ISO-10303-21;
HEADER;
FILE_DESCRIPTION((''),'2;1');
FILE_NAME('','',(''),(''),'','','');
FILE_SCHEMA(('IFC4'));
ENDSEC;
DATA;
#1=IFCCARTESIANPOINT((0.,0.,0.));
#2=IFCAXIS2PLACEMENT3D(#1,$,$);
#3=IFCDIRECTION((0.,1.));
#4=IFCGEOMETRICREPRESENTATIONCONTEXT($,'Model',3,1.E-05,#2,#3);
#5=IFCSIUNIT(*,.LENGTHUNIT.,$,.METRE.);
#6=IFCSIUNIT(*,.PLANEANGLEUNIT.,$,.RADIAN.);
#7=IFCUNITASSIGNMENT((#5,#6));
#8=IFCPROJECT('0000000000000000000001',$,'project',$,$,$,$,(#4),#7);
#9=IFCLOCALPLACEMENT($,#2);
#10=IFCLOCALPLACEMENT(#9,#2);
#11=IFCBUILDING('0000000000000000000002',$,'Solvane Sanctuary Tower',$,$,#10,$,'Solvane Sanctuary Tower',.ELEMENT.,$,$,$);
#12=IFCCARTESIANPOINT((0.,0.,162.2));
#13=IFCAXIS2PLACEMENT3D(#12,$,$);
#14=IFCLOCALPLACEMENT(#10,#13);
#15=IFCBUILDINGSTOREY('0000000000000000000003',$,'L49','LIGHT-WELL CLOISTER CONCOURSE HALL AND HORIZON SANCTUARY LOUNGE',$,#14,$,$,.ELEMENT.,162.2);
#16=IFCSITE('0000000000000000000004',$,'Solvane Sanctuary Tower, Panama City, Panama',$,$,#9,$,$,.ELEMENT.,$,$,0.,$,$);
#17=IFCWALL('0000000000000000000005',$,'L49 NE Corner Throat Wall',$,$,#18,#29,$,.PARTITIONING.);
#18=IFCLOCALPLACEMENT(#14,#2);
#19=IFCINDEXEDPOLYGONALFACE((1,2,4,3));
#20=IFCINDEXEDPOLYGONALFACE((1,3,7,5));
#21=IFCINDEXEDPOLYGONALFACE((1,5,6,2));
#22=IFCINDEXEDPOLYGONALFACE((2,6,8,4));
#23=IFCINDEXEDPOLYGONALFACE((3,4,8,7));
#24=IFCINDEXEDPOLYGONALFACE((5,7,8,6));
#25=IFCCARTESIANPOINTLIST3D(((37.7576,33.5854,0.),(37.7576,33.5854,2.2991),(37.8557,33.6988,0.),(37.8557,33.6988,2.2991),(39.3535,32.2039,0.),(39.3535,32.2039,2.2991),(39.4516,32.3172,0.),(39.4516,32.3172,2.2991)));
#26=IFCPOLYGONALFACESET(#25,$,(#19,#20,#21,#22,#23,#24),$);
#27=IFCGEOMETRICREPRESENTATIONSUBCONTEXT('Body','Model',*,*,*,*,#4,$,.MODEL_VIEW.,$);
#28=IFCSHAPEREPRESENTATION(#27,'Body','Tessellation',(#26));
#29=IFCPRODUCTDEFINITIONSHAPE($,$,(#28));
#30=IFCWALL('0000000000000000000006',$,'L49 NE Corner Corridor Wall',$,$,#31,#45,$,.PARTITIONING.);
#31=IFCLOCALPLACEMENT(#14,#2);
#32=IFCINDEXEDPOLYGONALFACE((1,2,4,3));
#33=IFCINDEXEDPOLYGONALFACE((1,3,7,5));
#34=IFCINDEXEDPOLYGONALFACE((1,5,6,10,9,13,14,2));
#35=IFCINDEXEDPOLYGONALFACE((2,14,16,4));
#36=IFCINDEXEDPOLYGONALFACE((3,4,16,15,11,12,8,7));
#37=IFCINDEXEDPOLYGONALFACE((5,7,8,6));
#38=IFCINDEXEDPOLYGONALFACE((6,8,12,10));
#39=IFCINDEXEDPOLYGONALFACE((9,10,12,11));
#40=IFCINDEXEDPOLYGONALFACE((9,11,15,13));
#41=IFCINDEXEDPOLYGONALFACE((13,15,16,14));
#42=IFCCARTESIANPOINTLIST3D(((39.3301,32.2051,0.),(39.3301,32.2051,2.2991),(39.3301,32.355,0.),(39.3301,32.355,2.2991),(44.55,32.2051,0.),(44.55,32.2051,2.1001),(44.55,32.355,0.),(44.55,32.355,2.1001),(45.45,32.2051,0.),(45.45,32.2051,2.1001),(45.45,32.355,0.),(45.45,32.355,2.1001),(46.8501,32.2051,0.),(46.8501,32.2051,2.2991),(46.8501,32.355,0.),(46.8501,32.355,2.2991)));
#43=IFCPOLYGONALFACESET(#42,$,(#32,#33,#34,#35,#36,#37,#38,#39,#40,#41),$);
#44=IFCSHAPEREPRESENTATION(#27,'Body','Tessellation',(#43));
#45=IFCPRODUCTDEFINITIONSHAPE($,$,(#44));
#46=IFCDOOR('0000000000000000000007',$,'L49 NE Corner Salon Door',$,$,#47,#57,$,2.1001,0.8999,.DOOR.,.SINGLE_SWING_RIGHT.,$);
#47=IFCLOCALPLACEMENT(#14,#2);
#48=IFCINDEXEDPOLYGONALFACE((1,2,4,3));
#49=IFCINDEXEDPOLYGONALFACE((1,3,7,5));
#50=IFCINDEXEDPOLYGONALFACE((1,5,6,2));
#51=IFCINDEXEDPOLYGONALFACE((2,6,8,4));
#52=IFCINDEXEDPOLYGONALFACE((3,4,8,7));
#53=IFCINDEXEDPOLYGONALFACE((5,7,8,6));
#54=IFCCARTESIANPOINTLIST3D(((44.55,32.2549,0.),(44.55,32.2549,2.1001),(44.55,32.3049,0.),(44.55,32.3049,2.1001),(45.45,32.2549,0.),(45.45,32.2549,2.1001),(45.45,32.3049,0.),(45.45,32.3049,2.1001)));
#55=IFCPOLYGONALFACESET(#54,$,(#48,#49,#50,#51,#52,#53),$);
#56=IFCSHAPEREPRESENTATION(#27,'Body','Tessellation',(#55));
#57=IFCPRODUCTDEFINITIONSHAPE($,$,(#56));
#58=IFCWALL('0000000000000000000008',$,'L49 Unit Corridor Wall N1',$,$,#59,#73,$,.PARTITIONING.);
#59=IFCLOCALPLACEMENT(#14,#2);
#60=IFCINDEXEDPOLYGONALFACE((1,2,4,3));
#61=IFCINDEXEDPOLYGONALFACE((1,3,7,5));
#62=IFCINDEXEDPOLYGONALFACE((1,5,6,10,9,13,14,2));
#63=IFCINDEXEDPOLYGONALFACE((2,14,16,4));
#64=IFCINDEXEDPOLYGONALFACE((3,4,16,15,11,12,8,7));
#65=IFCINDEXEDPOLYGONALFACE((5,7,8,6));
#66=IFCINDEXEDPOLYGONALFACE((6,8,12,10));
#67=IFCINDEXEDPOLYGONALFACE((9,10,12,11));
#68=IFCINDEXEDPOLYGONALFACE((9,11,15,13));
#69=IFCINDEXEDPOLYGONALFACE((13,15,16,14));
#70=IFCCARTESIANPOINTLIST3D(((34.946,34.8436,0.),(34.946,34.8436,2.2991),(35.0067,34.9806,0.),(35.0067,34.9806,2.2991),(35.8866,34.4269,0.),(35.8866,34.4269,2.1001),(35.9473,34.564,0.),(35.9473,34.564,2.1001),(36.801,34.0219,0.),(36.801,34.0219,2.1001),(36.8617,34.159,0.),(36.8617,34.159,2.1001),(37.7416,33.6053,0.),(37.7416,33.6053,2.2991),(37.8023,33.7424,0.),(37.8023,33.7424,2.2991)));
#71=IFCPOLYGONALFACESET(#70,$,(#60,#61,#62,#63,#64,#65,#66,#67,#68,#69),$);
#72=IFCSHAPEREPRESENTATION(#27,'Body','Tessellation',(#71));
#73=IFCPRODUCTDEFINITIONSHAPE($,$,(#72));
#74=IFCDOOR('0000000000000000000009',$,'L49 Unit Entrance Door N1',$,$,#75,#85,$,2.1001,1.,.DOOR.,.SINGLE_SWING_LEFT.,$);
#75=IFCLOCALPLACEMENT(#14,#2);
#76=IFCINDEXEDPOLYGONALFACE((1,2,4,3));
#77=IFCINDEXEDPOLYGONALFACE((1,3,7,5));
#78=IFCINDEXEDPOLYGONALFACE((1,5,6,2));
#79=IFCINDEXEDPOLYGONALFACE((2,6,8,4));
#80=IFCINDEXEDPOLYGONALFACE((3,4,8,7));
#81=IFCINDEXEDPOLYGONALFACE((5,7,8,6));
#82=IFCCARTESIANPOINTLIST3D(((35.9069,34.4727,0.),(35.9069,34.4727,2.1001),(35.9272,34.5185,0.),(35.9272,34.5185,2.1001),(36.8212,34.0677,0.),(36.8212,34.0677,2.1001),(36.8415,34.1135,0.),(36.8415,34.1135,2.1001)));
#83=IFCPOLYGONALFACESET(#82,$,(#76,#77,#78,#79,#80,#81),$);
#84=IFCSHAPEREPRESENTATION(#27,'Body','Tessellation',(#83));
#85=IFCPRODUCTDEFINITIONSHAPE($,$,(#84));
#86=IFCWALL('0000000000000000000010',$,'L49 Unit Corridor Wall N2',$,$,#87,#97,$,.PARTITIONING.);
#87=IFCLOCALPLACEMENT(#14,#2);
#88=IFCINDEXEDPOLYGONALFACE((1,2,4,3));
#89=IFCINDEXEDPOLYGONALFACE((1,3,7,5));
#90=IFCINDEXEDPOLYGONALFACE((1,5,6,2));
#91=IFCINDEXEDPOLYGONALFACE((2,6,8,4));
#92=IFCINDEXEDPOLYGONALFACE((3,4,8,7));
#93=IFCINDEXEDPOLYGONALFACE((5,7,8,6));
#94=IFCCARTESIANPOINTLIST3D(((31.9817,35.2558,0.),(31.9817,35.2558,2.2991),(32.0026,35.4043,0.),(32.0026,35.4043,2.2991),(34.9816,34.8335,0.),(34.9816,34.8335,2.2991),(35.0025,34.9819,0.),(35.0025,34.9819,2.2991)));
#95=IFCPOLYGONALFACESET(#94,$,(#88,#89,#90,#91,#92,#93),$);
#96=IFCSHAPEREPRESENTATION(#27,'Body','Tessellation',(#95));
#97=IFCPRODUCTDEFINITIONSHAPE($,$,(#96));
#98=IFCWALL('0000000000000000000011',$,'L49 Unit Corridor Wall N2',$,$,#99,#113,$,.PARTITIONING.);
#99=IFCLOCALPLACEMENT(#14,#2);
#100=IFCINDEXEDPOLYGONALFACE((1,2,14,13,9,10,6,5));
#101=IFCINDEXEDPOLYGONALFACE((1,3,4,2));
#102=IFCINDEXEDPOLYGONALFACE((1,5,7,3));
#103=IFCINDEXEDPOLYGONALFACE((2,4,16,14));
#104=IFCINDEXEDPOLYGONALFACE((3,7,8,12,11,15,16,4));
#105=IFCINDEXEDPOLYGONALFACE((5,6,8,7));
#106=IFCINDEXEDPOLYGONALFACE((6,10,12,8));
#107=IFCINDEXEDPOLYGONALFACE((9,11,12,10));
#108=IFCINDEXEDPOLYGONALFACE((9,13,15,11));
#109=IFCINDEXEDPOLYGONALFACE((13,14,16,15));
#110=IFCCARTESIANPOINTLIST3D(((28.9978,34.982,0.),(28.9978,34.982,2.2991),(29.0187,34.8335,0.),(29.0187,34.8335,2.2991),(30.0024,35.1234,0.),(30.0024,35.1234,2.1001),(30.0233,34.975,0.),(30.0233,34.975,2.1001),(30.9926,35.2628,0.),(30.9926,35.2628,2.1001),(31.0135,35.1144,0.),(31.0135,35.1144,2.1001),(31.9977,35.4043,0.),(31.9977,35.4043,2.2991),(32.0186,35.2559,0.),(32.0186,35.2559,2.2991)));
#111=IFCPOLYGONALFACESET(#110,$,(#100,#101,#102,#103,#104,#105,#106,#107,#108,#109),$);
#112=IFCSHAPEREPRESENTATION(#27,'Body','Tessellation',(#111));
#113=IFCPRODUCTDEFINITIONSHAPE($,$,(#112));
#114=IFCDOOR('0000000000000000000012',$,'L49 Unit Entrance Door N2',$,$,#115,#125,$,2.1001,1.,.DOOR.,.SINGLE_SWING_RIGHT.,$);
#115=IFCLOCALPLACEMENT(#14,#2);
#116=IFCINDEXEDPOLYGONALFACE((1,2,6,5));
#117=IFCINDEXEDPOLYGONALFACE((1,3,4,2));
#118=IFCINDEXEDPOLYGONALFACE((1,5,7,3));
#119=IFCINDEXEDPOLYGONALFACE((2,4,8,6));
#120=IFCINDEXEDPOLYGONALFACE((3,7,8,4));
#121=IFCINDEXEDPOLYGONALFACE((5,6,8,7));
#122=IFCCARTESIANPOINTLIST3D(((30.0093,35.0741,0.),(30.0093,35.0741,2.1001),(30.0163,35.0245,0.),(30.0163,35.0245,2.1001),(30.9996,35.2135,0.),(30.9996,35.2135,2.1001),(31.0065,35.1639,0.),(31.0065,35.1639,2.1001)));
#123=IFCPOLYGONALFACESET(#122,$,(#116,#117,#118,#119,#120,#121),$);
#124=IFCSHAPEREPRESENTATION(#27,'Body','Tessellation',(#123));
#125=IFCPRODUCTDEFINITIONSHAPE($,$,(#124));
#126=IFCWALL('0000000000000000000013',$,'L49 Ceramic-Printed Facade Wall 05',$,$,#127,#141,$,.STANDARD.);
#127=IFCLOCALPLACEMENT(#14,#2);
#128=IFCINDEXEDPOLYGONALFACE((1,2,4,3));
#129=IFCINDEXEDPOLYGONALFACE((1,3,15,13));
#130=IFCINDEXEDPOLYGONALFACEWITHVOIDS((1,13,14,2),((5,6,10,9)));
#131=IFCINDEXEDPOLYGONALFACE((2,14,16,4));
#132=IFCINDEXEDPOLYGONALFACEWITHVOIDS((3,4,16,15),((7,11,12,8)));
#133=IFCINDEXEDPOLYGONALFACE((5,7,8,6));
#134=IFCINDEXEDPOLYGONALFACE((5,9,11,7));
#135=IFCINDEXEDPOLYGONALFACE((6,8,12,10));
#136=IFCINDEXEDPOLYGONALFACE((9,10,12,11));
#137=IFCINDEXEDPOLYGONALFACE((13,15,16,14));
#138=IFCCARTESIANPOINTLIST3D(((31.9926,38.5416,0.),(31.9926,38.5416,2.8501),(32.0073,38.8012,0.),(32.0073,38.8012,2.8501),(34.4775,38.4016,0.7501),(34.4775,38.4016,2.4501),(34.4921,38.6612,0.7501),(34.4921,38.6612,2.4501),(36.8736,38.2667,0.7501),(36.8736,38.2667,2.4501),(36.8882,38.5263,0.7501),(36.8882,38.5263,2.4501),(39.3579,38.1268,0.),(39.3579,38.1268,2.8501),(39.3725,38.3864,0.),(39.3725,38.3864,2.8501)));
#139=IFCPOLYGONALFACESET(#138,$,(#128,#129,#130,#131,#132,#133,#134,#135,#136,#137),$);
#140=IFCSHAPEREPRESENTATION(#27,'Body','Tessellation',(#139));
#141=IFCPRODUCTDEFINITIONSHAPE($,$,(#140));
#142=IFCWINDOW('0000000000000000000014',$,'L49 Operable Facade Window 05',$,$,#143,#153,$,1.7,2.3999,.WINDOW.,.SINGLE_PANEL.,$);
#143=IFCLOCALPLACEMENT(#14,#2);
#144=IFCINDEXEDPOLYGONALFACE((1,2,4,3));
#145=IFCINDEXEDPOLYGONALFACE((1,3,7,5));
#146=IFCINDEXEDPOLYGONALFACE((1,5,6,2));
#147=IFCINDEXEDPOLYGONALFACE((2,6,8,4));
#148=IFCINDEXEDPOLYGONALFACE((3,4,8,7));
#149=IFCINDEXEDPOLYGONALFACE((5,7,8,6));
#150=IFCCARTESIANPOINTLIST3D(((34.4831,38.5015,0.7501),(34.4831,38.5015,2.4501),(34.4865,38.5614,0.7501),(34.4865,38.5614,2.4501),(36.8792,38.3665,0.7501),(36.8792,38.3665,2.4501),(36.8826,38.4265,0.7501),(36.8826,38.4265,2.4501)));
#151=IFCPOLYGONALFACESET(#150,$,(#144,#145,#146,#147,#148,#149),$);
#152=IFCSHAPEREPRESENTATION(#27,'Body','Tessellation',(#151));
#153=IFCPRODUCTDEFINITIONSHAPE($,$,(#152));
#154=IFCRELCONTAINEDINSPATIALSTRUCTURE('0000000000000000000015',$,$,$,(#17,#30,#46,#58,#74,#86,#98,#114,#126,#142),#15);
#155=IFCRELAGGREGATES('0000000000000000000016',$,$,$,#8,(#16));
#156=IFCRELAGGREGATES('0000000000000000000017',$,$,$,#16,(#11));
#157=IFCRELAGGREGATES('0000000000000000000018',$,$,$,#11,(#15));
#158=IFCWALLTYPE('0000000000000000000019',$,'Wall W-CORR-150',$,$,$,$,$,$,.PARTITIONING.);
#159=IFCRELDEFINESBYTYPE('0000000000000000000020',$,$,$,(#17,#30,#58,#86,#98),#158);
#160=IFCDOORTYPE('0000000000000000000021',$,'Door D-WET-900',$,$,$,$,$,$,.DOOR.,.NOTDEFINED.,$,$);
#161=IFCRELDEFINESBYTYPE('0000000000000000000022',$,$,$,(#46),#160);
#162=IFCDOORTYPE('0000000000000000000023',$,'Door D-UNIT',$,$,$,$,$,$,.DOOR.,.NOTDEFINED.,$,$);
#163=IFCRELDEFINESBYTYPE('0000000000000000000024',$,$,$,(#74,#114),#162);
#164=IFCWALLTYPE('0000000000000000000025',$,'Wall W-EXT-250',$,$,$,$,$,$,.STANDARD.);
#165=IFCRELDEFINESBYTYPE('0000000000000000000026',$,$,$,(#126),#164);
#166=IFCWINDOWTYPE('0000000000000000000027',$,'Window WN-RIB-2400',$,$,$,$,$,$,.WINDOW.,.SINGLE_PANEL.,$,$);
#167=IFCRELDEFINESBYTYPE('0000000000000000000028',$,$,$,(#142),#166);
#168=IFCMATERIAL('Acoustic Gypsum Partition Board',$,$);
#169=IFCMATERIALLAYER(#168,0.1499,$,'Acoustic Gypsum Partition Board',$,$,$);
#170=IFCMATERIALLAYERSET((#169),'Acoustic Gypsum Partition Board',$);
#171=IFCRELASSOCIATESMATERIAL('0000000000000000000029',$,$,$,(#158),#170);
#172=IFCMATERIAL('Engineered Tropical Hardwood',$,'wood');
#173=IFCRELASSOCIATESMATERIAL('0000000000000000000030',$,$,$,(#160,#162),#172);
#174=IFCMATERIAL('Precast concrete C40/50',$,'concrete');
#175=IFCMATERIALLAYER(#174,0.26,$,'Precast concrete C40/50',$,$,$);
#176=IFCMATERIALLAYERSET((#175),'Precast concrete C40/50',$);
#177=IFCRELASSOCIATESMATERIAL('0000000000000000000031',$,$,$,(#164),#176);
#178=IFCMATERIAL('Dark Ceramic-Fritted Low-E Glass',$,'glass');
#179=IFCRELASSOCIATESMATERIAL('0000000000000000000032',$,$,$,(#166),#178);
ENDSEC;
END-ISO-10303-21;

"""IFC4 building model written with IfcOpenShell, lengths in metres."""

from ifc_helpers import new_model, si_unit, direction, frame, frame_2d, origin, place, context, subcontext, project, spatial, rectangle, extrude, material, layer, layer_set, type_object, element, fill, save


model = new_model("IFC4")

# Units and contexts
model_context = context("Model", 3, precision=1e-05, world=origin(), true_north=direction((0.0, 1.0)))
body_context = subcontext(model_context, "Body", "Model", "MODEL_VIEW")
ifc_project = project(units=[si_unit("LENGTHUNIT", "METRE"), si_unit("PLANEANGLEUNIT", "RADIAN")], contexts=[model_context])

# Site, building, storey
site_placement = place(None, origin())
site = spatial("IfcSite", under=ifc_project, at=site_placement, Name="Solvane Sanctuary Tower, Panama City, Panama", CompositionType="ELEMENT", RefElevation=0.0)
building_placement = place(site_placement, origin())
building = spatial("IfcBuilding", under=site, at=building_placement, Name="Solvane Sanctuary Tower", LongName="Solvane Sanctuary Tower", CompositionType="ELEMENT")
storey_placement = place(building_placement, frame((0.0, 0.0, 162.2)))
storey = spatial("IfcBuildingStorey", under=building, at=storey_placement, Name="L49", Description="LIGHT-WELL CLOISTER CONCOURSE HALL AND HORIZON SANCTUARY LOUNGE", CompositionType="ELEMENT", Elevation=162.2)

# Wall
ifc_material_1 = material(Name="Acoustic Gypsum Partition Board")
ifc_layer_1 = layer(ifc_material_1, 0.1499, Name="Acoustic Gypsum Partition Board")
ifc_layer_set_1 = layer_set([ifc_layer_1], Name="Acoustic Gypsum Partition Board")
wall_type_1 = type_object("IfcWallType", Name="Wall W-CORR-150", PredefinedType="PARTITIONING", material=ifc_layer_set_1)
wall_1_placement = place(storey_placement, frame((37.8066, 33.6421, 0.0), z_axis=(0.0, 0.0, 1.0), x_axis=(0.756055, -0.654508, 0.0)))
element("IfcWall", 1, at=wall_1_placement, inside=storey, type_object=wall_type_1, Name="L49 NE Corner Throat Wall", PredefinedType="PARTITIONING", context=body_context, shape_type="SweptSolid", body=[
    extrude(rectangle(XDim=2.1108, YDim=0.1499, at=frame_2d((1.0554, 0.0))), origin(), (0.0, 0.0, 1.0), 2.2991),
])

# Walls, openings, doors
wall_2_placement = place(storey_placement, frame((39.3301, 32.28, 0.0), z_axis=(0.0, 0.0, 1.0), x_axis=(1.0, 0.0, 0.0)))
wall_2 = element("IfcWall", 2, at=wall_2_placement, inside=storey, type_object=wall_type_1, Name="L49 NE Corner Corridor Wall", PredefinedType="PARTITIONING", context=body_context, shape_type="SweptSolid", body=[
    extrude(rectangle(XDim=7.52, YDim=0.1499, at=frame_2d((3.76, 0.0))), origin(), (0.0, 0.0, 1.0), 2.2991),
])
opening_1_placement = place(wall_2_placement, frame((5.22, 0.0, 0.0)))
opening_1 = element("IfcOpeningElement", 3, at=opening_1_placement, cuts=wall_2, PredefinedType="OPENING", context=body_context, shape_type="SweptSolid", body=[
    extrude(rectangle(XDim=0.8999, YDim=2.1001, at=frame_2d((0.45, 1.05))), frame((0.0, 0.085, 0.0), z_axis=(0.0, -1.0, 0.0), x_axis=(1.0, 0.0, 0.0)), (0.0, 0.0, 1.0), 0.1699),
])
ifc_material_2 = material(Name="Engineered Tropical Hardwood", Category="wood")
door_type_1 = type_object("IfcDoorType", Name="Door D-WET-900", OperationType="NOTDEFINED", PredefinedType="DOOR", material=ifc_material_2)
door_1_placement = place(opening_1_placement, origin())
door_1 = element("IfcDoor", 4, at=door_1_placement, inside=storey, type_object=door_type_1, Name="L49 NE Corner Salon Door", OperationType="SINGLE_SWING_RIGHT", OverallHeight=2.1001, OverallWidth=0.8999, PredefinedType="DOOR", context=body_context, shape_type="SweptSolid", body=[
    extrude(rectangle(XDim=0.8999, YDim=2.1001, at=frame_2d((0.45, 1.05))), frame((0.0, 0.0249, 0.0), z_axis=(0.0, -1.0, 0.0), x_axis=(1.0, 0.0, 0.0)), (0.0, 0.0, 1.0), 0.05),
])
fill(opening_1, door_1)
wall_3_placement = place(storey_placement, frame((37.772, 33.6738, 0.0), z_axis=(0.0, 0.0, 1.0), x_axis=(-0.914324, 0.404982, 0.0)))
wall_3 = element("IfcWall", 5, at=wall_3_placement, inside=storey, type_object=wall_type_1, Name="L49 Unit Corridor Wall N1", PredefinedType="PARTITIONING", context=body_context, shape_type="SweptSolid", body=[
    extrude(rectangle(XDim=3.0576, YDim=0.1499, at=frame_2d((1.5288, 0.0))), origin(), (0.0, 0.0, 1.0), 2.2991),
])
opening_2_placement = place(wall_3_placement, frame((1.0288, 0.0, 0.0)))
opening_2 = element("IfcOpeningElement", 6, at=opening_2_placement, cuts=wall_3, PredefinedType="OPENING", context=body_context, shape_type="SweptSolid", body=[
    extrude(rectangle(XDim=1.0, YDim=2.1001, at=frame_2d((0.5, 1.05))), frame((0.0, 0.085, 0.0), z_axis=(0.0, -1.0, 0.0), x_axis=(1.0, 0.0, 0.0)), (0.0, 0.0, 1.0), 0.1699),
])
door_type_2 = type_object("IfcDoorType", Name="Door D-UNIT", OperationType="NOTDEFINED", PredefinedType="DOOR", material=ifc_material_2)
door_2_placement = place(opening_2_placement, origin())
door_2 = element("IfcDoor", 7, at=door_2_placement, inside=storey, type_object=door_type_2, Name="L49 Unit Entrance Door N1", OperationType="SINGLE_SWING_LEFT", OverallHeight=2.1001, OverallWidth=1.0, PredefinedType="DOOR", context=body_context, shape_type="SweptSolid", body=[
    extrude(rectangle(XDim=1.0, YDim=2.1001, at=frame_2d((0.5, 1.05))), frame((0.0, 0.0249, 0.0), z_axis=(0.0, -1.0, 0.0), x_axis=(1.0, 0.0, 0.0)), (0.0, 0.0, 1.0), 0.05),
])
fill(opening_2, door_2)

# Wall
wall_4_placement = place(storey_placement, frame((34.9919, 34.9077, 0.0), z_axis=(0.0, 0.0, 1.0), x_axis=(-0.990234, 0.139413, 0.0)))
element("IfcWall", 8, at=wall_4_placement, inside=storey, type_object=wall_type_1, Name="L49 Unit Corridor Wall N2", PredefinedType="PARTITIONING", context=body_context, shape_type="SweptSolid", body=[
    extrude(rectangle(XDim=3.0295, YDim=0.1499, at=frame_2d((1.5146, 0.0))), origin(), (0.0, 0.0, 1.0), 2.2991),
])

# Wall, opening, door
wall_5_placement = place(storey_placement, frame((32.0081, 35.3301, 0.0), z_axis=(0.0, 0.0, 1.0), x_axis=(-0.990234, -0.139413, 0.0)))
wall_5 = element("IfcWall", 9, at=wall_5_placement, inside=storey, type_object=wall_type_1, Name="L49 Unit Corridor Wall N2", PredefinedType="PARTITIONING", context=body_context, shape_type="SweptSolid", body=[
    extrude(rectangle(XDim=3.0295, YDim=0.1499, at=frame_2d((1.5146, 0.0))), origin(), (0.0, 0.0, 1.0), 2.2991),
])
opening_3_placement = place(wall_5_placement, frame((1.0149, 0.0, 0.0)))
opening_3 = element("IfcOpeningElement", 10, at=opening_3_placement, cuts=wall_5, PredefinedType="OPENING", context=body_context, shape_type="SweptSolid", body=[
    extrude(rectangle(XDim=1.0, YDim=2.1001, at=frame_2d((0.5, 1.05))), frame((0.0, 0.085, 0.0), z_axis=(0.0, -1.0, 0.0), x_axis=(1.0, 0.0, 0.0)), (0.0, 0.0, 1.0), 0.1699),
])
door_3_placement = place(opening_3_placement, origin())
door_3 = element("IfcDoor", 11, at=door_3_placement, inside=storey, type_object=door_type_2, Name="L49 Unit Entrance Door N2", OperationType="SINGLE_SWING_RIGHT", OverallHeight=2.1001, OverallWidth=1.0, PredefinedType="DOOR", context=body_context, shape_type="SweptSolid", body=[
    extrude(rectangle(XDim=1.0, YDim=2.1001, at=frame_2d((0.5, 1.05))), frame((0.0, 0.0249, 0.0), z_axis=(0.0, -1.0, 0.0), x_axis=(1.0, 0.0, 0.0)), (0.0, 0.0, 1.0), 0.05),
])
fill(opening_3, door_3)

# Wall, opening, window
ifc_material_3 = material(Name="Precast concrete C40/50", Category="concrete")
ifc_layer_2 = layer(ifc_material_3, 0.26, Name="Precast concrete C40/50")
ifc_layer_set_2 = layer_set([ifc_layer_2], Name="Precast concrete C40/50")
wall_type_2 = type_object("IfcWallType", Name="Wall W-EXT-250", PredefinedType="STANDARD", material=ifc_layer_set_2)
wall_6_placement = place(storey_placement, frame((39.3652, 38.2566, 0.0), z_axis=(0.0, 0.0, 1.0), x_axis=(-0.998418, 0.056229, 0.0)))
wall_6 = element("IfcWall", 12, at=wall_6_placement, inside=storey, type_object=wall_type_2, Name="L49 Ceramic-Printed Facade Wall 05", PredefinedType="STANDARD", context=body_context, shape_type="SweptSolid", body=[
    extrude(rectangle(XDim=7.377, YDim=0.26, at=frame_2d((3.6885, 0.0))), origin(), (0.0, 0.0, 1.0), 2.8501),
])
opening_4_placement = place(wall_6_placement, frame((2.4883, 0.0, 0.75)))
opening_4 = element("IfcOpeningElement", 13, at=opening_4_placement, cuts=wall_6, PredefinedType="OPENING", context=body_context, shape_type="SweptSolid", body=[
    extrude(rectangle(XDim=2.3999, YDim=1.7, at=frame_2d((1.2, 0.8501))), frame((0.0, 0.1399, 0.0), z_axis=(0.0, -1.0, 0.0), x_axis=(1.0, 0.0, 0.0)), (0.0, 0.0, 1.0), 0.28),
])
ifc_material_4 = material(Name="Dark Ceramic-Fritted Low-E Glass", Category="glass")
window_type_1 = type_object("IfcWindowType", Name="Window WN-RIB-2400", PartitioningType="SINGLE_PANEL", PredefinedType="WINDOW", material=ifc_material_4)
window_1_placement = place(opening_4_placement, origin())
window_1 = element("IfcWindow", 14, at=window_1_placement, inside=storey, type_object=window_type_1, Name="L49 Operable Facade Window 05", OverallHeight=1.7, OverallWidth=2.3999, PartitioningType="SINGLE_PANEL", PredefinedType="WINDOW", context=body_context, shape_type="SweptSolid", body=[
    extrude(rectangle(XDim=2.3999, YDim=1.7, at=frame_2d((1.2, 0.8501))), frame((0.0, 0.03, 0.0), z_axis=(0.0, -1.0, 0.0), x_axis=(1.0, 0.0, 0.0)), (0.0, 0.0, 1.0), 0.0601),
])
fill(opening_4, window_1)

save(model, "model.ifc")
